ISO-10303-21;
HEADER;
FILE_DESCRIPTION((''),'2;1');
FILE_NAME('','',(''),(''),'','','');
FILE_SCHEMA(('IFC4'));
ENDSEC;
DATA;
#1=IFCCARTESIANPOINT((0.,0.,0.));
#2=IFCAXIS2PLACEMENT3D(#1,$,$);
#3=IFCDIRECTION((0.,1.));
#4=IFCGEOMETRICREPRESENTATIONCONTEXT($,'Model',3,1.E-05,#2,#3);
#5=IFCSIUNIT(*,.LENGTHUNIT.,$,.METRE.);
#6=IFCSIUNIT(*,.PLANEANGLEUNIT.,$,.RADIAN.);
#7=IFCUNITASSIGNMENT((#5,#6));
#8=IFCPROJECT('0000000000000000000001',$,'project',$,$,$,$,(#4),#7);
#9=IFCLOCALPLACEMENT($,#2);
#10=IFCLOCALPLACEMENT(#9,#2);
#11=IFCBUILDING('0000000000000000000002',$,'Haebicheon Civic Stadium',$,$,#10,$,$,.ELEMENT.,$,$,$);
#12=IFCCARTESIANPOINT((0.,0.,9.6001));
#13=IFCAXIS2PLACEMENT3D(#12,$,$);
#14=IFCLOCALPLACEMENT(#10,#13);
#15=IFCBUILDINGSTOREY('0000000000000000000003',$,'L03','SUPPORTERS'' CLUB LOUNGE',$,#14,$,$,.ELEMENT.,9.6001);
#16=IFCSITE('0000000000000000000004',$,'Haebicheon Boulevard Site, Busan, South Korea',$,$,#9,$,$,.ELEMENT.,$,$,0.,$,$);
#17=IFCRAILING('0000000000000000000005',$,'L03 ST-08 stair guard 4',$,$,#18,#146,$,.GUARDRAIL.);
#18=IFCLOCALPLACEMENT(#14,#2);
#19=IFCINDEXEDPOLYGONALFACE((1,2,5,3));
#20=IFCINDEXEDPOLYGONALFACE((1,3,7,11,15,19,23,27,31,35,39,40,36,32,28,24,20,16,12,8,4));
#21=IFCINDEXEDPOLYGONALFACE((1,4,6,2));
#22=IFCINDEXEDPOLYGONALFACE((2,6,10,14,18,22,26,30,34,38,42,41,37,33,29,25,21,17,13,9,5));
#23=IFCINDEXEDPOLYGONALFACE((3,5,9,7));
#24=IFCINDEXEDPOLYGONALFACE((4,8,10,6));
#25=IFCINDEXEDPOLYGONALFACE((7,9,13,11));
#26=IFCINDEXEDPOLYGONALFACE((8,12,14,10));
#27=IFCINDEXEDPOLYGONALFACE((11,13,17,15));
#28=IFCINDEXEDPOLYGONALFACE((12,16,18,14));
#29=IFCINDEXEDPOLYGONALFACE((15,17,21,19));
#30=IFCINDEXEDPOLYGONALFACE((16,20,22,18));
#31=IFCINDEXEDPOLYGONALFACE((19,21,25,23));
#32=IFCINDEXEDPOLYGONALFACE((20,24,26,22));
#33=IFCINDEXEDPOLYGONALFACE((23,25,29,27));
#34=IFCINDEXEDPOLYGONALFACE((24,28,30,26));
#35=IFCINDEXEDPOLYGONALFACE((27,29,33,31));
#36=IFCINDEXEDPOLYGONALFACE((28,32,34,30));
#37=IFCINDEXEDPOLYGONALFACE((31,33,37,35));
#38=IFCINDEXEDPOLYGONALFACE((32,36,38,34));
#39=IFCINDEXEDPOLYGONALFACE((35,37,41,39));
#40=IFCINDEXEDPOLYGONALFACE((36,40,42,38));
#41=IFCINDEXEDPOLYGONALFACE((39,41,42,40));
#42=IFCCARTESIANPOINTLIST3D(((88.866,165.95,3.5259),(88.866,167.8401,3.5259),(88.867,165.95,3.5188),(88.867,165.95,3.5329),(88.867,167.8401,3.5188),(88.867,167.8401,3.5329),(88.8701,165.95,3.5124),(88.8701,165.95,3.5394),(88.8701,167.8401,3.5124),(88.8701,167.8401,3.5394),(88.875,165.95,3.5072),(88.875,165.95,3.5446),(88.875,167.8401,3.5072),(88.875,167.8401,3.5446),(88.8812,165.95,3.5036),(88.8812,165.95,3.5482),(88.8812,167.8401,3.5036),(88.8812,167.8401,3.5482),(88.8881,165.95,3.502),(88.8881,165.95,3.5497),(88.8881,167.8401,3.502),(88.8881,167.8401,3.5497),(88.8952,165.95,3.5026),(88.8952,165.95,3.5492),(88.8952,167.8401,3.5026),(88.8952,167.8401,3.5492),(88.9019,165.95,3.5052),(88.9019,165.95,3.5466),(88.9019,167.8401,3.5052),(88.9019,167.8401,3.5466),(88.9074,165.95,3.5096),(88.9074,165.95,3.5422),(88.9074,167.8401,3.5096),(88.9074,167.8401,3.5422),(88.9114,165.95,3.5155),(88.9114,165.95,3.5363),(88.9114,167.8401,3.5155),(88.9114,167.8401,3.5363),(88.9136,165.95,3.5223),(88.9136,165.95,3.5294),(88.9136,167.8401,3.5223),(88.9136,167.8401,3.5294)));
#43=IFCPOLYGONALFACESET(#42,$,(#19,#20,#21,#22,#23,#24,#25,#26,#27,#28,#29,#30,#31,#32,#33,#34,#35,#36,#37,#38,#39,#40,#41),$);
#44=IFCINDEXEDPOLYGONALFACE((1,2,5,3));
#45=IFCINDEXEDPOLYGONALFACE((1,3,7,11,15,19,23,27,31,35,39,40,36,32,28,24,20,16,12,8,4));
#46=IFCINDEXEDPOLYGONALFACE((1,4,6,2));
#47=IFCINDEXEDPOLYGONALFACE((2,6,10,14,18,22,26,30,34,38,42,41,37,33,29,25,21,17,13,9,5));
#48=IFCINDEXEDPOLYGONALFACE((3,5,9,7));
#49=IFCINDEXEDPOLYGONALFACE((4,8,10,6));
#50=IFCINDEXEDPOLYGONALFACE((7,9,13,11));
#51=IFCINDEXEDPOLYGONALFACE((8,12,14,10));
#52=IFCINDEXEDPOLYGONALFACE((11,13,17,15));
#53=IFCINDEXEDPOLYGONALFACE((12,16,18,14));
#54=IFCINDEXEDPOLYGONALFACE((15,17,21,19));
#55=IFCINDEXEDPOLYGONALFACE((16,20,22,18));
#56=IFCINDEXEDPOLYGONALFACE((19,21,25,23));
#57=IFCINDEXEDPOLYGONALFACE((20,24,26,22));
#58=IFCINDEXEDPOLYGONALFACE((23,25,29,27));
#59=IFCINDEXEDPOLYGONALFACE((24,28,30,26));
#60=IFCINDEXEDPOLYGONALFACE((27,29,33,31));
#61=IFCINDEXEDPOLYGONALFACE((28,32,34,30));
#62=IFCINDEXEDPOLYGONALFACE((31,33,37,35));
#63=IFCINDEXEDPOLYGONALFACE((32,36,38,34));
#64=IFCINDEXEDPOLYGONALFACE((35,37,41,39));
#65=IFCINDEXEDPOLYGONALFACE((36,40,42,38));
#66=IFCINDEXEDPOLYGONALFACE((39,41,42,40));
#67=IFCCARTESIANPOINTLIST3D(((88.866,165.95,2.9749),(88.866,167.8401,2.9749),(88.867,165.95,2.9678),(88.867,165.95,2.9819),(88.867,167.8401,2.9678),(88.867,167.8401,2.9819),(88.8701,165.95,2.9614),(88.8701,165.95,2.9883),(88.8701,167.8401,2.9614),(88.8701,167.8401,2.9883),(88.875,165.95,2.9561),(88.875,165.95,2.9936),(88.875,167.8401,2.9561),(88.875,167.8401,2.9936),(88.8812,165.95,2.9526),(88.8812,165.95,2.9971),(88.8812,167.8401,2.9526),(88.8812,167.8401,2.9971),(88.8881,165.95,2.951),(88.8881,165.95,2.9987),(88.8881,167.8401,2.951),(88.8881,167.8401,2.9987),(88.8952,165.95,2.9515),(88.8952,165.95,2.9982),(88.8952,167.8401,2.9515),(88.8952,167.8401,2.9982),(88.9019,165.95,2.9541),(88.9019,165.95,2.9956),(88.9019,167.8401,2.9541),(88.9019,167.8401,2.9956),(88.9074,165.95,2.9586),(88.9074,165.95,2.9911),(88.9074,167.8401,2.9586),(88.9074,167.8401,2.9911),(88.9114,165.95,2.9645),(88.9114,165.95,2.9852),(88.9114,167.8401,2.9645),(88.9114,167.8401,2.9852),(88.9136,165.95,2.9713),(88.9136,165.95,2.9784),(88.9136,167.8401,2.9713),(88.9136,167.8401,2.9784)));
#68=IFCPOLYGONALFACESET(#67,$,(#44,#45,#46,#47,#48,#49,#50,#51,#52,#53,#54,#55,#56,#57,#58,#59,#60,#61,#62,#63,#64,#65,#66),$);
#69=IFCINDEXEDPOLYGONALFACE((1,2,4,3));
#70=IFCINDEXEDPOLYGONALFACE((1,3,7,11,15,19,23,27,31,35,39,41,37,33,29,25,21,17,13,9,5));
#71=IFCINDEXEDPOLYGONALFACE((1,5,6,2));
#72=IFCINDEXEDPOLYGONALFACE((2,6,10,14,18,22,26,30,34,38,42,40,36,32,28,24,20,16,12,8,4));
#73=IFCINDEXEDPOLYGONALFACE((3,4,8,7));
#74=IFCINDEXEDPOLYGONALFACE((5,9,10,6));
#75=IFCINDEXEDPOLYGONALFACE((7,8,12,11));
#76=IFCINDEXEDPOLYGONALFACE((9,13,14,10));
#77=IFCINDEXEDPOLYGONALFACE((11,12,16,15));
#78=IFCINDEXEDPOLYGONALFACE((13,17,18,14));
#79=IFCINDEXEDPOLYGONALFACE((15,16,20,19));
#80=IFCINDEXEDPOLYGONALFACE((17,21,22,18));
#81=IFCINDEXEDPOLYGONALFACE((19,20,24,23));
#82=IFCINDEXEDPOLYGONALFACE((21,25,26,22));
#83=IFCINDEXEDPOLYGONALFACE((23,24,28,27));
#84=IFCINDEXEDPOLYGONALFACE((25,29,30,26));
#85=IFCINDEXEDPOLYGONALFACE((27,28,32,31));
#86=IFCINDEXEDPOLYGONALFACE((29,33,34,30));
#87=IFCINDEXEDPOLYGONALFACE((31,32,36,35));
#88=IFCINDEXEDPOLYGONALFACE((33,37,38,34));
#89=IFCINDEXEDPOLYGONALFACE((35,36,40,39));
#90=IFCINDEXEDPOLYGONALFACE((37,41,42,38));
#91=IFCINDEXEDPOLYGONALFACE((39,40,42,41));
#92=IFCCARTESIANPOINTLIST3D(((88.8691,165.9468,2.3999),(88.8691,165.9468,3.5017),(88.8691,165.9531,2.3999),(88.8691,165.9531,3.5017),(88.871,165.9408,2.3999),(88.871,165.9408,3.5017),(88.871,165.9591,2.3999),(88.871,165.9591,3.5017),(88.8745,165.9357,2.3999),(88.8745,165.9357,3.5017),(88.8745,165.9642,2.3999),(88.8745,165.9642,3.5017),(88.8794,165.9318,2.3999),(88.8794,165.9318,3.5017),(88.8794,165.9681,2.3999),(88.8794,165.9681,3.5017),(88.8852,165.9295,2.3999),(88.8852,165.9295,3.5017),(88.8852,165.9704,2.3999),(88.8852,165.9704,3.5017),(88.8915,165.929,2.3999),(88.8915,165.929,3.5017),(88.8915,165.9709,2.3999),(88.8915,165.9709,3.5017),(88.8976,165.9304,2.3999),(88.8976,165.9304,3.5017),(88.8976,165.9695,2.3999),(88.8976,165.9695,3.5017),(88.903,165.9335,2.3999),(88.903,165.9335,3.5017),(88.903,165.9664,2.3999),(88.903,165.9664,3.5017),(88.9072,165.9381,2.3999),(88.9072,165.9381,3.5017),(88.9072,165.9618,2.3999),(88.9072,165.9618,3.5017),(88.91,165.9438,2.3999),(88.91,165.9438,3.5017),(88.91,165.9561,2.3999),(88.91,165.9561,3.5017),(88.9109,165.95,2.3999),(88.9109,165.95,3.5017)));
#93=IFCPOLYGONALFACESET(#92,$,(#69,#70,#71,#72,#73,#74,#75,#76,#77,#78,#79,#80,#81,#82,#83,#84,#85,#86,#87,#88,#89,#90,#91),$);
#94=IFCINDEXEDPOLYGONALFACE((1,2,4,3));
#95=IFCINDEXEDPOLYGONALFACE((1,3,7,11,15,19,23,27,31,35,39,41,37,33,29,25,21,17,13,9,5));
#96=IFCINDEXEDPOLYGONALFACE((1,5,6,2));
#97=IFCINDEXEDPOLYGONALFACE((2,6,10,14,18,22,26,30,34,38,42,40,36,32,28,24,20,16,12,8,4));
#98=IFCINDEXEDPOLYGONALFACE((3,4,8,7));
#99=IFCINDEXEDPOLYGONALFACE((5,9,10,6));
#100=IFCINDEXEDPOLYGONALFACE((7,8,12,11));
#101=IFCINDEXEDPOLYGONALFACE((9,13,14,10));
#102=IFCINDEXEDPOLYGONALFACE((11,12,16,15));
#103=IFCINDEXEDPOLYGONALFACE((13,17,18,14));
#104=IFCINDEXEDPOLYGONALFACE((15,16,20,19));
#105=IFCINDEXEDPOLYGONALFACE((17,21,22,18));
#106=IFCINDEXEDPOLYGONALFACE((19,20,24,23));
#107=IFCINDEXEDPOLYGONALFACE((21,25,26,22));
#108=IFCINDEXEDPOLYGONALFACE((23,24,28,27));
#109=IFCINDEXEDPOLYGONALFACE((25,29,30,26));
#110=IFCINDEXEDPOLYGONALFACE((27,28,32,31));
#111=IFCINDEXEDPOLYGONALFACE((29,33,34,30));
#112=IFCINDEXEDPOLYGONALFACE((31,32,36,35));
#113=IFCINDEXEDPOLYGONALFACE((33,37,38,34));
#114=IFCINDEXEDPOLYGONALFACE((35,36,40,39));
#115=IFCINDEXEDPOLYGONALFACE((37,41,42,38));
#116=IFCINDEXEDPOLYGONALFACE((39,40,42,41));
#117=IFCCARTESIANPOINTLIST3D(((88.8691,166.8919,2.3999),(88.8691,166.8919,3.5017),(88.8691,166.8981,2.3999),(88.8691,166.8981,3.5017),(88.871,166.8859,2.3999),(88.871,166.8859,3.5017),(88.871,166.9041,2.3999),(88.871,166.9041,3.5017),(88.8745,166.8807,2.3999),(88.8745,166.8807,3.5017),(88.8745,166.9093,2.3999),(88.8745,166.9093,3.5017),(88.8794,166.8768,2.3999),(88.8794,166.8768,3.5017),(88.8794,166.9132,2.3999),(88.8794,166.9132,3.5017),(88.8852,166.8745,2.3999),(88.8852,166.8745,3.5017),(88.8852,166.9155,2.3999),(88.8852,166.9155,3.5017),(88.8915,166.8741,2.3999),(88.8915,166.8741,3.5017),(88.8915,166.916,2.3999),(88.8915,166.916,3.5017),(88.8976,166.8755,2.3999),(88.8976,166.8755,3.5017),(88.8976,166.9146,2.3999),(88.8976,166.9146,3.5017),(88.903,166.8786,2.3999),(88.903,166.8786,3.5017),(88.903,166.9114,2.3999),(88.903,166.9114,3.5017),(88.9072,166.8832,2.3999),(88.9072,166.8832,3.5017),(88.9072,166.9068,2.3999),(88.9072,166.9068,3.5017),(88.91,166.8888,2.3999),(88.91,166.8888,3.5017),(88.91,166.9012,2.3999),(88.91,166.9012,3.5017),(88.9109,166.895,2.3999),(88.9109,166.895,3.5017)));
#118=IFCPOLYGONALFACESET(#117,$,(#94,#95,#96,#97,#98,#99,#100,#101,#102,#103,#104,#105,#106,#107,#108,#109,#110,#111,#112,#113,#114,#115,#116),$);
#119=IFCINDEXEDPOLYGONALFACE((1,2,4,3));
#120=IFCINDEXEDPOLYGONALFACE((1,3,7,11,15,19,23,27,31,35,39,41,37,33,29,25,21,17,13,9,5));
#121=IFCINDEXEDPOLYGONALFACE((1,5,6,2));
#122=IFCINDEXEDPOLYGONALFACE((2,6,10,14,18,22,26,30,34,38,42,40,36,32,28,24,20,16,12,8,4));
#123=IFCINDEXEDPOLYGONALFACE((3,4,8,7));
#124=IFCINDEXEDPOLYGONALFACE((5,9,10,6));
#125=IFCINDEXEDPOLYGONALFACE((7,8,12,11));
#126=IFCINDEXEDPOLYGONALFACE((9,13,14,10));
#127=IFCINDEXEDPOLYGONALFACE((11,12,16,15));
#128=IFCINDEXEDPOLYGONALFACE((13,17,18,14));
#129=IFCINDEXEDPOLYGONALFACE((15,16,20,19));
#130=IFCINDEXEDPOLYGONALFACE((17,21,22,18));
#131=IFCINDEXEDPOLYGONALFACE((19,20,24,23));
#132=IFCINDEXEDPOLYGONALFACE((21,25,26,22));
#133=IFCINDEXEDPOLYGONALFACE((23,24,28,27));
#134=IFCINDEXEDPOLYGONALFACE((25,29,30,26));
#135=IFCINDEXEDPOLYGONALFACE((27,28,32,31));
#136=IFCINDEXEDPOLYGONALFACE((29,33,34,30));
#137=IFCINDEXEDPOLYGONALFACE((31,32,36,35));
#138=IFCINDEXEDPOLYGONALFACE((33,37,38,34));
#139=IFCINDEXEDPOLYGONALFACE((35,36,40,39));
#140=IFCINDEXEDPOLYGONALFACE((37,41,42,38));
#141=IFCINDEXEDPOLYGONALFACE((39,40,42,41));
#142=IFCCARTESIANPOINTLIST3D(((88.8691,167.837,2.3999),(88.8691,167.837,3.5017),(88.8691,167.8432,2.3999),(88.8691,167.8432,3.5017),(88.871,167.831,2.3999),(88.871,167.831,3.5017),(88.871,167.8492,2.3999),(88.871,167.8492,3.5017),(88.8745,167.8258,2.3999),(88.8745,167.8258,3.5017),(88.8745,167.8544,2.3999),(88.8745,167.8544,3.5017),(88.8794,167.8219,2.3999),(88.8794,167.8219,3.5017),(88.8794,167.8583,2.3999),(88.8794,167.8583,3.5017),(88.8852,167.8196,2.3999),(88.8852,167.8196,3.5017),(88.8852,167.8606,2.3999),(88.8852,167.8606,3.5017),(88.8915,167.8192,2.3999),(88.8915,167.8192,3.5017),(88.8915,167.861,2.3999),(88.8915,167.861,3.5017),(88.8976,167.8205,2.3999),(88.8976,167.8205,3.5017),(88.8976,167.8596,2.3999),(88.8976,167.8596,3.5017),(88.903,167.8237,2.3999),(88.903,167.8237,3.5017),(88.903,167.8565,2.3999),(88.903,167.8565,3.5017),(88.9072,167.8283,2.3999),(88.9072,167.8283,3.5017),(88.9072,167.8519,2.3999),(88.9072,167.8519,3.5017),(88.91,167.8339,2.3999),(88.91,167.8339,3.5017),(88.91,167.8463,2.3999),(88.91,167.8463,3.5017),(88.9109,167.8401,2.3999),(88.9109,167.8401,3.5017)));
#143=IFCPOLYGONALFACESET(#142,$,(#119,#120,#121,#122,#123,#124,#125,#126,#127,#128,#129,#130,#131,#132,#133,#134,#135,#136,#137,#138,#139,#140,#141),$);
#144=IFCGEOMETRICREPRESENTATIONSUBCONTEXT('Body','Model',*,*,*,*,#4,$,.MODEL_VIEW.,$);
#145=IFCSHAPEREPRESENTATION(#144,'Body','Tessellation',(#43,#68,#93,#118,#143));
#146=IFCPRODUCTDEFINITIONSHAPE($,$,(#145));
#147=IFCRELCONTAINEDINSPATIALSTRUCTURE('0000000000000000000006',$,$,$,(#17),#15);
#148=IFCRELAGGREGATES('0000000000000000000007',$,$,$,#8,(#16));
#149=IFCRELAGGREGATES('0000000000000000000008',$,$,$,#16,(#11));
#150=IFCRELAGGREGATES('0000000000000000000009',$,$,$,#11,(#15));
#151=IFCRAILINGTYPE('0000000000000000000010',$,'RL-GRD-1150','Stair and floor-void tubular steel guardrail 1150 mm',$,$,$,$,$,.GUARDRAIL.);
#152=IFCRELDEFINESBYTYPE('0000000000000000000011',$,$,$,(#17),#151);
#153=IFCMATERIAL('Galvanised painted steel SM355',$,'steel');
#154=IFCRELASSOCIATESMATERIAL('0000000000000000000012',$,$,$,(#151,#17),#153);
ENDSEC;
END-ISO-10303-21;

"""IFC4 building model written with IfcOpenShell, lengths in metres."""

from ifc_helpers import new_model, si_unit, direction, frame, origin, origin_2d, place, context, subcontext, project, spatial, circle, extrude, material, type_object, element, save


model = new_model("IFC4")

# Units and contexts
model_context = context("Model", 3, precision=1e-05, world=origin(), true_north=direction((0.0, 1.0)))
body_context = subcontext(model_context, "Body", "Model", "MODEL_VIEW")
ifc_project = project(units=[si_unit("LENGTHUNIT", "METRE"), si_unit("PLANEANGLEUNIT", "RADIAN")], contexts=[model_context])

# Site, building, storey
site_placement = place(None, origin())
site = spatial("IfcSite", under=ifc_project, at=site_placement, Name="Haebicheon Boulevard Site, Busan, South Korea", CompositionType="ELEMENT", RefElevation=0.0)
building_placement = place(site_placement, origin())
building = spatial("IfcBuilding", under=site, at=building_placement, Name="Haebicheon Civic Stadium", CompositionType="ELEMENT")
storey_placement = place(building_placement, frame((0.0, 0.0, 9.6001)))
storey = spatial("IfcBuildingStorey", under=building, at=storey_placement, Name="L03", Description="SUPPORTERS' CLUB LOUNGE", CompositionType="ELEMENT", Elevation=9.6001)

# Railing
ifc_material_1 = material(Name="Galvanised painted steel SM355", Category="steel")
railing_type_1 = type_object("IfcRailingType", Name="RL-GRD-1150", Description="Stair and floor-void tubular steel guardrail 1150 mm", PredefinedType="GUARDRAIL", material=ifc_material_1)
for number, where, name in (
    (1, (88.8899, 165.95, 2.3999), "L03 ST-08 stair guard 4"),
):
    element("IfcRailing", number, at=place(storey_placement, frame(where)), inside=storey, type_object=railing_type_1, material=ifc_material_1, Name=name, PredefinedType="GUARDRAIL", context=body_context, shape_type="SweptSolid", body=[
        extrude(circle(Radius=0.0239, at=origin_2d()), frame((0.0, 0.0, 1.126), z_axis=(0.0, 1.0, 0.0), x_axis=(-1.0, 0.0, 0.0)), (0.0, 0.0, 1.0), 1.8901),
        extrude(circle(Radius=0.0239, at=origin_2d()), frame((0.0, 0.0, 0.575), z_axis=(0.0, 1.0, 0.0), x_axis=(-1.0, 0.0, 0.0)), (0.0, 0.0, 1.0), 1.8901),
        extrude(circle(Radius=0.021, at=origin_2d()), origin(), (0.0, 0.0, 1.0), 1.1018),
        extrude(circle(Radius=0.021, at=origin_2d()), frame((0.0, 0.9451, 0.0)), (0.0, 0.0, 1.0), 1.1018),
        extrude(circle(Radius=0.021, at=origin_2d()), frame((0.0, 1.8901, 0.0)), (0.0, 0.0, 1.0), 1.1018),
    ])

save(model, "model.ifc")
